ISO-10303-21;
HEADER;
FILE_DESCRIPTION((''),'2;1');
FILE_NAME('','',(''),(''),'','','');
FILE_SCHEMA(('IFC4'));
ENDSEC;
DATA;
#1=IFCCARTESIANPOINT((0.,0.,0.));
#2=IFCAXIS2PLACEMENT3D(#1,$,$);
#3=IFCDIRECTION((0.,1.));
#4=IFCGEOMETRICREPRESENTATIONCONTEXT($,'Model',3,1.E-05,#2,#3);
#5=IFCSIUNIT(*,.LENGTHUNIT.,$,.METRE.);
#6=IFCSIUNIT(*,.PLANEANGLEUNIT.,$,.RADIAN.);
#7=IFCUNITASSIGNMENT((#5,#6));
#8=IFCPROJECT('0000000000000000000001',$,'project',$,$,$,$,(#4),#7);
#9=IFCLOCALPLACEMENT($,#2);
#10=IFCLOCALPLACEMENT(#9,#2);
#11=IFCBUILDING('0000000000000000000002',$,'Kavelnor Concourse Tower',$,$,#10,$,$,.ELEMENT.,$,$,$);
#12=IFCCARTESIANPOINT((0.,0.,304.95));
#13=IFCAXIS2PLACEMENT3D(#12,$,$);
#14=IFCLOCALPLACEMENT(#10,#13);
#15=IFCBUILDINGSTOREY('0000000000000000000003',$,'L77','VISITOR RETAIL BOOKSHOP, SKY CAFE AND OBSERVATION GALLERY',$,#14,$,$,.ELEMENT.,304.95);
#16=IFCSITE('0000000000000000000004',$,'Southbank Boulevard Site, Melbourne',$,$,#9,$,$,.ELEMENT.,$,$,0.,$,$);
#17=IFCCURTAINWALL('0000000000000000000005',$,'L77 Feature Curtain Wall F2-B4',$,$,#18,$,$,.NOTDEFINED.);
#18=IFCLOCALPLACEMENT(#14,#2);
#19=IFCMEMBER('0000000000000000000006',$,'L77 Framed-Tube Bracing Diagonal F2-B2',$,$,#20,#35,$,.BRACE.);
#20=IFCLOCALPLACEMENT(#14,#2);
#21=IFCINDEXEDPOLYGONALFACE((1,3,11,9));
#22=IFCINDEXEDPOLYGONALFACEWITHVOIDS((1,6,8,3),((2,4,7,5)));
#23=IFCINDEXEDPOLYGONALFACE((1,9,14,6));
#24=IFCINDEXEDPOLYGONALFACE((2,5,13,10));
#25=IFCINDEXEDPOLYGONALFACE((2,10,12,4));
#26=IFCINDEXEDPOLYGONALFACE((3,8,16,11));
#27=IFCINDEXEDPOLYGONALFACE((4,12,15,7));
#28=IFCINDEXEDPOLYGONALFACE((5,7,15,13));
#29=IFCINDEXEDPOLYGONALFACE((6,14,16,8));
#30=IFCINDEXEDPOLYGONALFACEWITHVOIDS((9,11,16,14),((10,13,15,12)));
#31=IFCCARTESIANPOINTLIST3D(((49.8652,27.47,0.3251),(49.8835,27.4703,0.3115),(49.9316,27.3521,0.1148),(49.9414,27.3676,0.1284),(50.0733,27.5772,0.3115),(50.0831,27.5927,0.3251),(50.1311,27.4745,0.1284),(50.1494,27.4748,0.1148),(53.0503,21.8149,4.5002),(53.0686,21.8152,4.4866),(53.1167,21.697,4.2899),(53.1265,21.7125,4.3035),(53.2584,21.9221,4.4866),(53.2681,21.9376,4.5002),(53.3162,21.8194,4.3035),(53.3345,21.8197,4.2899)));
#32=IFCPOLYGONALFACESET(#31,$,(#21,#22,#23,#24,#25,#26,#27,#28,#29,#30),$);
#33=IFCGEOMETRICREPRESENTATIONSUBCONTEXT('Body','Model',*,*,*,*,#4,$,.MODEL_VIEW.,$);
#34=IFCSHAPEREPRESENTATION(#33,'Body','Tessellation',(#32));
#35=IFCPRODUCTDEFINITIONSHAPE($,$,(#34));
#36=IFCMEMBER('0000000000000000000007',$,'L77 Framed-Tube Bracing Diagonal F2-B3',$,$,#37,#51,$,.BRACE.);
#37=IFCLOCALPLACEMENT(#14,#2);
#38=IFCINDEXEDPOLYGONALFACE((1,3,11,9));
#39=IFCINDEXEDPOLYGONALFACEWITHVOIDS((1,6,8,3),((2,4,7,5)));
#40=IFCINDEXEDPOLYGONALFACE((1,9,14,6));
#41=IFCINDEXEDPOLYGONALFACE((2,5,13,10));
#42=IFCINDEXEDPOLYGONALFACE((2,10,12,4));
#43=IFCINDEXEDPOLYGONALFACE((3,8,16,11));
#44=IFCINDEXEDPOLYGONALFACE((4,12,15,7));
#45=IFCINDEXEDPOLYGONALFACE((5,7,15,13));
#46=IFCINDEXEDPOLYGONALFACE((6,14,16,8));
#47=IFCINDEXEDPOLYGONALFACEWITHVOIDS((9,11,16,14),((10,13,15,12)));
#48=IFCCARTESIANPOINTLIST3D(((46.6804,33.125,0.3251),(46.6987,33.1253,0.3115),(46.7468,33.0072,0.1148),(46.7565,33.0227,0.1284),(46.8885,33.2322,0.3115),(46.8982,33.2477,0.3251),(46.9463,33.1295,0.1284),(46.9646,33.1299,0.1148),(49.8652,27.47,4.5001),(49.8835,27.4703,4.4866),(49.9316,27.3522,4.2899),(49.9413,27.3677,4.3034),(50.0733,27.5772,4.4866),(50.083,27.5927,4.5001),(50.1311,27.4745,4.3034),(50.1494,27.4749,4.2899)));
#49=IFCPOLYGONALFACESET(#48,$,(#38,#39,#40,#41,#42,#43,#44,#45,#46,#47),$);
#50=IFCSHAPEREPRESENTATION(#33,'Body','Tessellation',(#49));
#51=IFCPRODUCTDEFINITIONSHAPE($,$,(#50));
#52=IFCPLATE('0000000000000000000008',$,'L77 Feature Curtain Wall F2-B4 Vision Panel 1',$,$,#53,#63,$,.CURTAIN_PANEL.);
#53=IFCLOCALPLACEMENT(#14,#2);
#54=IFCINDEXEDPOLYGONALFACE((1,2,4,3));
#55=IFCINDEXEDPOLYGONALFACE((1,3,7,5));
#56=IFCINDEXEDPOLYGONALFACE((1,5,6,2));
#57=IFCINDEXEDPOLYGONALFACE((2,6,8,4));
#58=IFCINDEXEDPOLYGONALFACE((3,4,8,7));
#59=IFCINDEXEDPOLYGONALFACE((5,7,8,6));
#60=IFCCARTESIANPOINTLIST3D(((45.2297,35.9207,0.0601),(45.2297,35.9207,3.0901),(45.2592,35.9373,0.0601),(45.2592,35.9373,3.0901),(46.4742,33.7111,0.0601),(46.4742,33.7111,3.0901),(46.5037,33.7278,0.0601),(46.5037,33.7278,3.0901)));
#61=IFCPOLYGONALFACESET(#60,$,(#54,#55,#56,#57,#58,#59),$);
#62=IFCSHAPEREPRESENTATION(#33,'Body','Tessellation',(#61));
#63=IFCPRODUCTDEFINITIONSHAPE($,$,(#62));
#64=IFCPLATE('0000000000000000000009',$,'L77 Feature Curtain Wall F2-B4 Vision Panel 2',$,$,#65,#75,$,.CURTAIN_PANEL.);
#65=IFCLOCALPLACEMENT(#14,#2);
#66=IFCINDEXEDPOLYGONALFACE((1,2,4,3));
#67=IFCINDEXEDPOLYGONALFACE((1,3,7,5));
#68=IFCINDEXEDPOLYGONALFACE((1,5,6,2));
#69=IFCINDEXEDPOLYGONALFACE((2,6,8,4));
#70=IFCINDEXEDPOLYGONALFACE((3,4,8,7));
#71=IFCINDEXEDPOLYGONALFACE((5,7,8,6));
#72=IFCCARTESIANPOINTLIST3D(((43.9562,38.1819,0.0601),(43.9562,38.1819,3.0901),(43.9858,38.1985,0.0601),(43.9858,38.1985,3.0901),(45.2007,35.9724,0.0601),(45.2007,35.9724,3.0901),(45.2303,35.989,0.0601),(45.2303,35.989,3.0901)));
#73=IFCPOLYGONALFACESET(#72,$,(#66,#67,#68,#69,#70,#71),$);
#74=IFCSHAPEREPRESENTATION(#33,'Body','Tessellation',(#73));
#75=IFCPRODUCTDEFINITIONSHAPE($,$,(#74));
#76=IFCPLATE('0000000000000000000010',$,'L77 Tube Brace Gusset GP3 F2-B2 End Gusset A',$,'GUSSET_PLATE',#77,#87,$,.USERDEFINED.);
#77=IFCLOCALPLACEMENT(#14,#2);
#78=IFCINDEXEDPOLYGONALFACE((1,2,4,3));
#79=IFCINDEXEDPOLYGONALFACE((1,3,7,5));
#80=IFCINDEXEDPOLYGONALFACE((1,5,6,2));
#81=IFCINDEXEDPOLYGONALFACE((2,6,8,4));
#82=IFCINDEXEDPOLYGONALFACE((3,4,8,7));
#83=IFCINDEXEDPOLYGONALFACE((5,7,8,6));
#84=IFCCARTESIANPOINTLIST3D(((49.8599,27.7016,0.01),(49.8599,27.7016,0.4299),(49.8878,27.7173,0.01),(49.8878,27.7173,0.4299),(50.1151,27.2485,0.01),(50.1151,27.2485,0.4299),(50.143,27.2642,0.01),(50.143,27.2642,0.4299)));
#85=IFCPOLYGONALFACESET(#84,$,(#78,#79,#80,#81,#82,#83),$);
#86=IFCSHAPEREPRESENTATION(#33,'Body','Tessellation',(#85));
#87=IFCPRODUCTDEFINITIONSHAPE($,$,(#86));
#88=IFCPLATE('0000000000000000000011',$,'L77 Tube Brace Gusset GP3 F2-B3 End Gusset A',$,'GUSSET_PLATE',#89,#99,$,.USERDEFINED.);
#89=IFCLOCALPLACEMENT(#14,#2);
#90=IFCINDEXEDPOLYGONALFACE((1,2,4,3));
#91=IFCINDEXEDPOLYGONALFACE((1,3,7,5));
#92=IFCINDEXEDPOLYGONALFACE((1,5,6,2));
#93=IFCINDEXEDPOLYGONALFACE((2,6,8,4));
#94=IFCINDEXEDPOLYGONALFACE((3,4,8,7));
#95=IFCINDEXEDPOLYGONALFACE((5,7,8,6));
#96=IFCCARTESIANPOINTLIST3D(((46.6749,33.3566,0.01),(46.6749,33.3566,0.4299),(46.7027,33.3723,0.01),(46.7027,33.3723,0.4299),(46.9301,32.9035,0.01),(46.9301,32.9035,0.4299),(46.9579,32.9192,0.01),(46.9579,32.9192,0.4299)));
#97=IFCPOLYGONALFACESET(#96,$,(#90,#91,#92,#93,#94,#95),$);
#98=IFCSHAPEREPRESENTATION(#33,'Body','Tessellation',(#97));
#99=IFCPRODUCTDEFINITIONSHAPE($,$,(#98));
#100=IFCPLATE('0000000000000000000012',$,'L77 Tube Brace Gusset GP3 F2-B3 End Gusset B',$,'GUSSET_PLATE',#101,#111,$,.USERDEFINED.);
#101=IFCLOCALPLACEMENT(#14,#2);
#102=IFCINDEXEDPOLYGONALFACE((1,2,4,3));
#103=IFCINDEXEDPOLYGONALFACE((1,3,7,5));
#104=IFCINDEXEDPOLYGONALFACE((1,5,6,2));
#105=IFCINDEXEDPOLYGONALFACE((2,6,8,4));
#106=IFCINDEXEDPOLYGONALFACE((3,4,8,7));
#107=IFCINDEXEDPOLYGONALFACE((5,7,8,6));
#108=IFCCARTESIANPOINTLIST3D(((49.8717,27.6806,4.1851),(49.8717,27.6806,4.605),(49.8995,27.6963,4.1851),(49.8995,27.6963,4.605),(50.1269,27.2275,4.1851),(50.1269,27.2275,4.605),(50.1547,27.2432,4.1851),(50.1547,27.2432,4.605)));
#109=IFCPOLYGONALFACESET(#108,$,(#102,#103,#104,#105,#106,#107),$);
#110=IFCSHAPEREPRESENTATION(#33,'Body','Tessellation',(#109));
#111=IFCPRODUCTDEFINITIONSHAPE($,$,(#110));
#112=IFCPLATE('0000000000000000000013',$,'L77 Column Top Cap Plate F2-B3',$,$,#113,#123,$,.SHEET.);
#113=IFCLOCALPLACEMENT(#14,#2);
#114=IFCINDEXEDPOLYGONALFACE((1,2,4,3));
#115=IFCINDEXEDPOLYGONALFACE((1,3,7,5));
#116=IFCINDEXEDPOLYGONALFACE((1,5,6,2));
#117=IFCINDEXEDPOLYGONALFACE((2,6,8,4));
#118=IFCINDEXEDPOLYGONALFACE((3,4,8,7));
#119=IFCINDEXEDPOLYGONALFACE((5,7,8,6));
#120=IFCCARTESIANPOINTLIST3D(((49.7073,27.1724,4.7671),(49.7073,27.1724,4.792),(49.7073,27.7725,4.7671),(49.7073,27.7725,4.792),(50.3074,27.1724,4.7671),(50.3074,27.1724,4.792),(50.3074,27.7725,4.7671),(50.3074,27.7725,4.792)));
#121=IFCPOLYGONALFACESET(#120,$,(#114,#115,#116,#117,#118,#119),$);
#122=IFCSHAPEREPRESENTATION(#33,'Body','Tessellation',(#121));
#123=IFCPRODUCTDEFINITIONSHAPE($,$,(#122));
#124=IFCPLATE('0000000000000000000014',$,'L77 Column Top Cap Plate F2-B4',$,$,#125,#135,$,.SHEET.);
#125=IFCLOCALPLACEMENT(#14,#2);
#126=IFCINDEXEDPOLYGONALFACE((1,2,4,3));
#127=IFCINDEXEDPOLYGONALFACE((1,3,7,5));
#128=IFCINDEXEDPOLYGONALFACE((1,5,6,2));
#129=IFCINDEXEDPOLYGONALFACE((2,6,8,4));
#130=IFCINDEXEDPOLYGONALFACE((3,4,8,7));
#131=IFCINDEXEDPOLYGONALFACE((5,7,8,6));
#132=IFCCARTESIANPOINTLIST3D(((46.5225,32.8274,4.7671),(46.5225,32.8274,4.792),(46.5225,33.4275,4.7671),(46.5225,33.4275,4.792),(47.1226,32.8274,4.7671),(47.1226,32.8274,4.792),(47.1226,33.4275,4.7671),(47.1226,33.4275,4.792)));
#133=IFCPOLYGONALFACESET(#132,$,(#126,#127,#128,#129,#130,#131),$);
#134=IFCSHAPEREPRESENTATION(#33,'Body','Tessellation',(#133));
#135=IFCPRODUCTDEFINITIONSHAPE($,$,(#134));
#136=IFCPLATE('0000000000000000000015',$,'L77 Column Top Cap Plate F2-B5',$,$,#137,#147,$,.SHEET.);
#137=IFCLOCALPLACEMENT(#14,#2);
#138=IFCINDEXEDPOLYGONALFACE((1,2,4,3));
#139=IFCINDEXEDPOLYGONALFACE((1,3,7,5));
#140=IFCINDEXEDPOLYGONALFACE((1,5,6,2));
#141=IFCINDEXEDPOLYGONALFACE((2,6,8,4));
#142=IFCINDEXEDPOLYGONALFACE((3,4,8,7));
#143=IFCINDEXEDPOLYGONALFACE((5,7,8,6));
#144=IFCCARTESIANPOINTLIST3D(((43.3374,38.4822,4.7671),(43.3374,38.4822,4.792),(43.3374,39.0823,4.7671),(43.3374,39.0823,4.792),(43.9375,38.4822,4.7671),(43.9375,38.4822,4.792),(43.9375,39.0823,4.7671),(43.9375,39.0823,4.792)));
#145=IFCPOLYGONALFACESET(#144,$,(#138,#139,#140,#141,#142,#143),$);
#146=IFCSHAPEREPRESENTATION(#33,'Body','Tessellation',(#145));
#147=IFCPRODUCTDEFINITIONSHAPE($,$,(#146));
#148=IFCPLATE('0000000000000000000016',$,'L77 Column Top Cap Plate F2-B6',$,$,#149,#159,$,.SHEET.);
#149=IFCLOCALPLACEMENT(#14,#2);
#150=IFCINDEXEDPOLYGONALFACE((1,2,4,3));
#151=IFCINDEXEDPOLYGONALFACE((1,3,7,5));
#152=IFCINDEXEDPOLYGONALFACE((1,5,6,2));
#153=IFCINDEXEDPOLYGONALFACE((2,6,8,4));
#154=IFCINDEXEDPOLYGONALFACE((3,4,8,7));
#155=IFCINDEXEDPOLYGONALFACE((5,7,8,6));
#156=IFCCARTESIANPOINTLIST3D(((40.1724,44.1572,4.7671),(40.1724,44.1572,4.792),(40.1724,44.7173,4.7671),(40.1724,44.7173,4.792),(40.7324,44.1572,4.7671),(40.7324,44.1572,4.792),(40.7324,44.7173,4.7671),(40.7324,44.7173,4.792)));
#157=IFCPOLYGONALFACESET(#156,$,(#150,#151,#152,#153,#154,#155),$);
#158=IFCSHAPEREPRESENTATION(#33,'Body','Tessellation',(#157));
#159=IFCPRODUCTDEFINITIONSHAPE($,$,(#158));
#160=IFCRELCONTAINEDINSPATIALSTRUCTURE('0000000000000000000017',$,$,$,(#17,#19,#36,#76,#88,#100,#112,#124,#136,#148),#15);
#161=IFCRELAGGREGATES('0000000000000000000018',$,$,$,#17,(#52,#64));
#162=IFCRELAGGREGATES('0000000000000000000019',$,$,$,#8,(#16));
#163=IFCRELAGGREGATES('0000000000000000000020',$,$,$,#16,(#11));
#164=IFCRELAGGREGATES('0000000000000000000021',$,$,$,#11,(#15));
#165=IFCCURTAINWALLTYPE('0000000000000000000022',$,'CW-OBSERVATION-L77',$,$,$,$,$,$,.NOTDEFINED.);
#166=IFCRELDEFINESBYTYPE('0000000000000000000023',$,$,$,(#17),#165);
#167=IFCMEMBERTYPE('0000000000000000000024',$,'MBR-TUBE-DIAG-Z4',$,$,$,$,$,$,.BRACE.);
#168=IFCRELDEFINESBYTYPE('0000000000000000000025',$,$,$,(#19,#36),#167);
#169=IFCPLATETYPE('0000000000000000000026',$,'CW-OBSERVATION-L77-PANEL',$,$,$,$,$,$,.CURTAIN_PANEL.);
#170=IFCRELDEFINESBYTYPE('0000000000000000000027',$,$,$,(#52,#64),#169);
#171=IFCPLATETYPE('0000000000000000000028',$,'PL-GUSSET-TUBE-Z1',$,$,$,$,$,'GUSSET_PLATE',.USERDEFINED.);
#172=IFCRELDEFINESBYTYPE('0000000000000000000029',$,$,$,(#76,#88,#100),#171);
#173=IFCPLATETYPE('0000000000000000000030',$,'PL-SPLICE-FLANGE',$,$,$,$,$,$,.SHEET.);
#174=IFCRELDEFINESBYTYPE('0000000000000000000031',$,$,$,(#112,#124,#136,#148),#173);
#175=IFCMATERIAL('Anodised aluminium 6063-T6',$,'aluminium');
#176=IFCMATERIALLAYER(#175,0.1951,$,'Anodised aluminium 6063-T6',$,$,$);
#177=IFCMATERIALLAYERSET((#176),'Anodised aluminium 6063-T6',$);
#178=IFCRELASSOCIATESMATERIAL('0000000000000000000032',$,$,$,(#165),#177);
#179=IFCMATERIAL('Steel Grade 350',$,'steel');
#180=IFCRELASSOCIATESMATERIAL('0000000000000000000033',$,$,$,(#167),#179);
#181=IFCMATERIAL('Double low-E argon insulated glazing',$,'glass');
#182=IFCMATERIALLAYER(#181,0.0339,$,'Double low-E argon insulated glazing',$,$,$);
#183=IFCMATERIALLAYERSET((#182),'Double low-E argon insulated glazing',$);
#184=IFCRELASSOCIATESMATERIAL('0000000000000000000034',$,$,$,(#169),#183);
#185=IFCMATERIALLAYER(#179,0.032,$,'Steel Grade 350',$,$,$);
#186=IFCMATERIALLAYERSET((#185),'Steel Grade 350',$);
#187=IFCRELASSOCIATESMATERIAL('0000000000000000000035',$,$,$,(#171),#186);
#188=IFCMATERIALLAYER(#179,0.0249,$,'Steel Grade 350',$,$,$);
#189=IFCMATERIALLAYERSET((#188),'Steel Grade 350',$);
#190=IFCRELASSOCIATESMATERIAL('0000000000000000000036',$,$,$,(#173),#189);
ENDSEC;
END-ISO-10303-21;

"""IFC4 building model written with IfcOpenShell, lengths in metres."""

from ifc_helpers import new_model, si_unit, direction, frame, origin, origin_2d, place, context, subcontext, project, spatial, rectangle, hollow_rectangle, extrude, material, layer, layer_set, material_profile, profile_set, type_object, element, aggregate, save


model = new_model("IFC4")

# Units and contexts
model_context = context("Model", 3, precision=1e-05, world=origin(), true_north=direction((0.0, 1.0)))
body_context = subcontext(model_context, "Body", "Model", "MODEL_VIEW")
ifc_project = project(units=[si_unit("LENGTHUNIT", "METRE"), si_unit("PLANEANGLEUNIT", "RADIAN")], contexts=[model_context])

# Site, building, storey
site_placement = place(None, origin())
site = spatial("IfcSite", under=ifc_project, at=site_placement, Name="Southbank Boulevard Site, Melbourne", CompositionType="ELEMENT", RefElevation=0.0)
building_placement = place(site_placement, origin())
building = spatial("IfcBuilding", under=site, at=building_placement, Name="Kavelnor Concourse Tower", CompositionType="ELEMENT")
storey_placement = place(building_placement, frame((0.0, 0.0, 304.95)))
storey = spatial("IfcBuildingStorey", under=building, at=storey_placement, Name="L77", Description="VISITOR RETAIL BOOKSHOP, SKY CAFE AND OBSERVATION GALLERY", CompositionType="ELEMENT", Elevation=304.95)

# Shared definitions
ifc_material_1 = material(Name="Steel Grade 350", Category="steel")

# Curtain wall
ifc_material_2 = material(Name="Anodised aluminium 6063-T6", Category="aluminium")
ifc_layer_1 = layer(ifc_material_2, 0.1951, Name="Anodised aluminium 6063-T6")
ifc_layer_set_1 = layer_set([ifc_layer_1], Name="Anodised aluminium 6063-T6")
curtain_wall_type = type_object("IfcCurtainWallType", Name="CW-OBSERVATION-L77", PredefinedType="NOTDEFINED", material=ifc_layer_set_1)
curtain_wall_placement = place(storey_placement, origin())
curtain_wall = element("IfcCurtainWall", 1, at=curtain_wall_placement, inside=storey, type_object=curtain_wall_type, Name="L77 Feature Curtain Wall F2-B4", PredefinedType="NOTDEFINED")

# Members
ifc_material_profile_1 = material_profile(ifc_material_1, hollow_rectangle(XDim=0.25, YDim=0.25, WallThickness=0.0161, at=origin_2d()), Name="SHS 250x250x16")
ifc_profile_set_1 = profile_set([ifc_material_profile_1], Name="Steel Grade 350")
member_type_1 = type_object("IfcMemberType", Name="MBR-TUBE-DIAG-Z4", PredefinedType="BRACE", material=ifc_profile_set_1)
member_1_placement = place(storey_placement, frame((50.0073, 27.4724, 0.22), z_axis=(0.412723, -0.732784, 0.541007), x_axis=(0.871305, 0.490742, 0.0)))
element("IfcMember", 2, at=member_1_placement, inside=storey, type_object=member_type_1, Name="L77 Framed-Tube Bracing Diagonal F2-B2", PredefinedType="BRACE", context=body_context, shape_type="SweptSolid", body=[
    extrude(hollow_rectangle(XDim=0.25, YDim=0.25, WallThickness=0.0161, at=origin_2d()), origin(), (0.0, 0.0, 1.0), 7.7173),
])
member_2_placement = place(storey_placement, frame((46.8225, 33.1274, 0.22), z_axis=(0.412696, -0.732793, 0.541014), x_axis=(0.871321, 0.490713, 0.0)))
element("IfcMember", 3, at=member_2_placement, inside=storey, type_object=member_type_1, Name="L77 Framed-Tube Bracing Diagonal F2-B3", PredefinedType="BRACE", context=body_context, shape_type="SweptSolid", body=[
    extrude(hollow_rectangle(XDim=0.25, YDim=0.25, WallThickness=0.0161, at=origin_2d()), origin(), (0.0, 0.0, 1.0), 7.717),
])

# Plates
ifc_material_3 = material(Name="Double low-E argon insulated glazing", Category="glass")
ifc_layer_2 = layer(ifc_material_3, 0.0339, Name="Double low-E argon insulated glazing")
ifc_layer_set_2 = layer_set([ifc_layer_2], Name="Double low-E argon insulated glazing")
plate_type_1 = type_object("IfcPlateType", Name="CW-OBSERVATION-L77-PANEL", PredefinedType="CURTAIN_PANEL", material=ifc_layer_set_2)
plate_1_placement = place(storey_placement, frame((45.8667, 34.8242, 0.0601), z_axis=(0.0, 0.0, 1.0), x_axis=(-0.490752, 0.871299, 0.0)))
plate_1 = element("IfcPlate", 4, at=plate_1_placement, type_object=plate_type_1, Name="L77 Feature Curtain Wall F2-B4 Vision Panel 1", PredefinedType="CURTAIN_PANEL", context=body_context, shape_type="SweptSolid", body=[
    extrude(rectangle(XDim=2.5359, YDim=0.0339, at=origin_2d()), origin(), (0.0, 0.0, 1.0), 3.03),
])
plate_2_placement = place(storey_placement, frame((44.5933, 37.0854, 0.0601), z_axis=(0.0, 0.0, 1.0), x_axis=(-0.490752, 0.871299, 0.0)))
plate_2 = element("IfcPlate", 5, at=plate_2_placement, type_object=plate_type_1, Name="L77 Feature Curtain Wall F2-B4 Vision Panel 2", PredefinedType="CURTAIN_PANEL", context=body_context, shape_type="SweptSolid", body=[
    extrude(rectangle(XDim=2.5359, YDim=0.0339, at=origin_2d()), origin(), (0.0, 0.0, 1.0), 3.03),
])
aggregate(curtain_wall, [plate_1, plate_2])

# Plates
ifc_layer_3 = layer(ifc_material_1, 0.032, Name="Steel Grade 350")
ifc_layer_set_3 = layer_set([ifc_layer_3], Name="Steel Grade 350")
plate_type_2 = type_object("IfcPlateType", Name="PL-GUSSET-TUBE-Z1", ElementType="GUSSET_PLATE", PredefinedType="USERDEFINED", material=ifc_layer_set_3)
for number, where, z_axis, x_axis, name in (
    (6, (50.0015, 27.4829, 0.01), (0.0, 0.0, 1.0), (0.490752, -0.871299, 0.0), "L77 Tube Brace Gusset GP3 F2-B2 End Gusset A"),
    (7, (46.8164, 33.1379, 0.01), (0.0, 0.0, 1.0), (0.490752, -0.871299, 0.0), "L77 Tube Brace Gusset GP3 F2-B3 End Gusset A"),
    (8, (50.0132, 27.4619, 4.1851), (0.0, 0.0, 1.0), (0.490752, -0.871299, 0.0), "L77 Tube Brace Gusset GP3 F2-B3 End Gusset B"),
):
    element("IfcPlate", number, at=place(storey_placement, frame(where, z_axis=z_axis, x_axis=x_axis)), inside=storey, type_object=plate_type_2, Name=name, ObjectType="GUSSET_PLATE", PredefinedType="USERDEFINED", context=body_context, shape_type="SweptSolid", body=[
        extrude(rectangle(XDim=0.52, YDim=0.032, at=origin_2d()), origin(), (0.0, 0.0, 1.0), 0.4199),
    ])
ifc_layer_4 = layer(ifc_material_1, 0.0249, Name="Steel Grade 350")
ifc_layer_set_4 = layer_set([ifc_layer_4], Name="Steel Grade 350")
plate_type_3 = type_object("IfcPlateType", Name="PL-SPLICE-FLANGE", PredefinedType="SHEET", material=ifc_layer_set_4)
for number, where, z_axis, x_axis, name in (
    (9, (50.0073, 27.4724, 4.7671), (0.0, 0.0, 1.0), (1.0, 0.0, 0.0), "L77 Column Top Cap Plate F2-B3"),
    (10, (46.8225, 33.1274, 4.7671), (0.0, 0.0, 1.0), (1.0, 0.0, 0.0), "L77 Column Top Cap Plate F2-B4"),
    (11, (43.6375, 38.7822, 4.7671), (0.0, 0.0, 1.0), (1.0, 0.0, 0.0), "L77 Column Top Cap Plate F2-B5"),
):
    element("IfcPlate", number, at=place(storey_placement, frame(where, z_axis=z_axis, x_axis=x_axis)), inside=storey, type_object=plate_type_3, Name=name, PredefinedType="SHEET", context=body_context, shape_type="SweptSolid", body=[
        extrude(rectangle(XDim=0.6001, YDim=0.6001, at=origin_2d()), origin(), (0.0, 0.0, 1.0), 0.0249),
    ])
plate_3_placement = place(storey_placement, frame((40.4524, 44.4373, 4.7671), z_axis=(0.0, 0.0, 1.0), x_axis=(1.0, 0.0, 0.0)))
element("IfcPlate", 12, at=plate_3_placement, inside=storey, type_object=plate_type_3, Name="L77 Column Top Cap Plate F2-B6", PredefinedType="SHEET", context=body_context, shape_type="SweptSolid", body=[
    extrude(rectangle(XDim=0.5601, YDim=0.5601, at=origin_2d()), origin(), (0.0, 0.0, 1.0), 0.0249),
])

save(model, "model.ifc")
